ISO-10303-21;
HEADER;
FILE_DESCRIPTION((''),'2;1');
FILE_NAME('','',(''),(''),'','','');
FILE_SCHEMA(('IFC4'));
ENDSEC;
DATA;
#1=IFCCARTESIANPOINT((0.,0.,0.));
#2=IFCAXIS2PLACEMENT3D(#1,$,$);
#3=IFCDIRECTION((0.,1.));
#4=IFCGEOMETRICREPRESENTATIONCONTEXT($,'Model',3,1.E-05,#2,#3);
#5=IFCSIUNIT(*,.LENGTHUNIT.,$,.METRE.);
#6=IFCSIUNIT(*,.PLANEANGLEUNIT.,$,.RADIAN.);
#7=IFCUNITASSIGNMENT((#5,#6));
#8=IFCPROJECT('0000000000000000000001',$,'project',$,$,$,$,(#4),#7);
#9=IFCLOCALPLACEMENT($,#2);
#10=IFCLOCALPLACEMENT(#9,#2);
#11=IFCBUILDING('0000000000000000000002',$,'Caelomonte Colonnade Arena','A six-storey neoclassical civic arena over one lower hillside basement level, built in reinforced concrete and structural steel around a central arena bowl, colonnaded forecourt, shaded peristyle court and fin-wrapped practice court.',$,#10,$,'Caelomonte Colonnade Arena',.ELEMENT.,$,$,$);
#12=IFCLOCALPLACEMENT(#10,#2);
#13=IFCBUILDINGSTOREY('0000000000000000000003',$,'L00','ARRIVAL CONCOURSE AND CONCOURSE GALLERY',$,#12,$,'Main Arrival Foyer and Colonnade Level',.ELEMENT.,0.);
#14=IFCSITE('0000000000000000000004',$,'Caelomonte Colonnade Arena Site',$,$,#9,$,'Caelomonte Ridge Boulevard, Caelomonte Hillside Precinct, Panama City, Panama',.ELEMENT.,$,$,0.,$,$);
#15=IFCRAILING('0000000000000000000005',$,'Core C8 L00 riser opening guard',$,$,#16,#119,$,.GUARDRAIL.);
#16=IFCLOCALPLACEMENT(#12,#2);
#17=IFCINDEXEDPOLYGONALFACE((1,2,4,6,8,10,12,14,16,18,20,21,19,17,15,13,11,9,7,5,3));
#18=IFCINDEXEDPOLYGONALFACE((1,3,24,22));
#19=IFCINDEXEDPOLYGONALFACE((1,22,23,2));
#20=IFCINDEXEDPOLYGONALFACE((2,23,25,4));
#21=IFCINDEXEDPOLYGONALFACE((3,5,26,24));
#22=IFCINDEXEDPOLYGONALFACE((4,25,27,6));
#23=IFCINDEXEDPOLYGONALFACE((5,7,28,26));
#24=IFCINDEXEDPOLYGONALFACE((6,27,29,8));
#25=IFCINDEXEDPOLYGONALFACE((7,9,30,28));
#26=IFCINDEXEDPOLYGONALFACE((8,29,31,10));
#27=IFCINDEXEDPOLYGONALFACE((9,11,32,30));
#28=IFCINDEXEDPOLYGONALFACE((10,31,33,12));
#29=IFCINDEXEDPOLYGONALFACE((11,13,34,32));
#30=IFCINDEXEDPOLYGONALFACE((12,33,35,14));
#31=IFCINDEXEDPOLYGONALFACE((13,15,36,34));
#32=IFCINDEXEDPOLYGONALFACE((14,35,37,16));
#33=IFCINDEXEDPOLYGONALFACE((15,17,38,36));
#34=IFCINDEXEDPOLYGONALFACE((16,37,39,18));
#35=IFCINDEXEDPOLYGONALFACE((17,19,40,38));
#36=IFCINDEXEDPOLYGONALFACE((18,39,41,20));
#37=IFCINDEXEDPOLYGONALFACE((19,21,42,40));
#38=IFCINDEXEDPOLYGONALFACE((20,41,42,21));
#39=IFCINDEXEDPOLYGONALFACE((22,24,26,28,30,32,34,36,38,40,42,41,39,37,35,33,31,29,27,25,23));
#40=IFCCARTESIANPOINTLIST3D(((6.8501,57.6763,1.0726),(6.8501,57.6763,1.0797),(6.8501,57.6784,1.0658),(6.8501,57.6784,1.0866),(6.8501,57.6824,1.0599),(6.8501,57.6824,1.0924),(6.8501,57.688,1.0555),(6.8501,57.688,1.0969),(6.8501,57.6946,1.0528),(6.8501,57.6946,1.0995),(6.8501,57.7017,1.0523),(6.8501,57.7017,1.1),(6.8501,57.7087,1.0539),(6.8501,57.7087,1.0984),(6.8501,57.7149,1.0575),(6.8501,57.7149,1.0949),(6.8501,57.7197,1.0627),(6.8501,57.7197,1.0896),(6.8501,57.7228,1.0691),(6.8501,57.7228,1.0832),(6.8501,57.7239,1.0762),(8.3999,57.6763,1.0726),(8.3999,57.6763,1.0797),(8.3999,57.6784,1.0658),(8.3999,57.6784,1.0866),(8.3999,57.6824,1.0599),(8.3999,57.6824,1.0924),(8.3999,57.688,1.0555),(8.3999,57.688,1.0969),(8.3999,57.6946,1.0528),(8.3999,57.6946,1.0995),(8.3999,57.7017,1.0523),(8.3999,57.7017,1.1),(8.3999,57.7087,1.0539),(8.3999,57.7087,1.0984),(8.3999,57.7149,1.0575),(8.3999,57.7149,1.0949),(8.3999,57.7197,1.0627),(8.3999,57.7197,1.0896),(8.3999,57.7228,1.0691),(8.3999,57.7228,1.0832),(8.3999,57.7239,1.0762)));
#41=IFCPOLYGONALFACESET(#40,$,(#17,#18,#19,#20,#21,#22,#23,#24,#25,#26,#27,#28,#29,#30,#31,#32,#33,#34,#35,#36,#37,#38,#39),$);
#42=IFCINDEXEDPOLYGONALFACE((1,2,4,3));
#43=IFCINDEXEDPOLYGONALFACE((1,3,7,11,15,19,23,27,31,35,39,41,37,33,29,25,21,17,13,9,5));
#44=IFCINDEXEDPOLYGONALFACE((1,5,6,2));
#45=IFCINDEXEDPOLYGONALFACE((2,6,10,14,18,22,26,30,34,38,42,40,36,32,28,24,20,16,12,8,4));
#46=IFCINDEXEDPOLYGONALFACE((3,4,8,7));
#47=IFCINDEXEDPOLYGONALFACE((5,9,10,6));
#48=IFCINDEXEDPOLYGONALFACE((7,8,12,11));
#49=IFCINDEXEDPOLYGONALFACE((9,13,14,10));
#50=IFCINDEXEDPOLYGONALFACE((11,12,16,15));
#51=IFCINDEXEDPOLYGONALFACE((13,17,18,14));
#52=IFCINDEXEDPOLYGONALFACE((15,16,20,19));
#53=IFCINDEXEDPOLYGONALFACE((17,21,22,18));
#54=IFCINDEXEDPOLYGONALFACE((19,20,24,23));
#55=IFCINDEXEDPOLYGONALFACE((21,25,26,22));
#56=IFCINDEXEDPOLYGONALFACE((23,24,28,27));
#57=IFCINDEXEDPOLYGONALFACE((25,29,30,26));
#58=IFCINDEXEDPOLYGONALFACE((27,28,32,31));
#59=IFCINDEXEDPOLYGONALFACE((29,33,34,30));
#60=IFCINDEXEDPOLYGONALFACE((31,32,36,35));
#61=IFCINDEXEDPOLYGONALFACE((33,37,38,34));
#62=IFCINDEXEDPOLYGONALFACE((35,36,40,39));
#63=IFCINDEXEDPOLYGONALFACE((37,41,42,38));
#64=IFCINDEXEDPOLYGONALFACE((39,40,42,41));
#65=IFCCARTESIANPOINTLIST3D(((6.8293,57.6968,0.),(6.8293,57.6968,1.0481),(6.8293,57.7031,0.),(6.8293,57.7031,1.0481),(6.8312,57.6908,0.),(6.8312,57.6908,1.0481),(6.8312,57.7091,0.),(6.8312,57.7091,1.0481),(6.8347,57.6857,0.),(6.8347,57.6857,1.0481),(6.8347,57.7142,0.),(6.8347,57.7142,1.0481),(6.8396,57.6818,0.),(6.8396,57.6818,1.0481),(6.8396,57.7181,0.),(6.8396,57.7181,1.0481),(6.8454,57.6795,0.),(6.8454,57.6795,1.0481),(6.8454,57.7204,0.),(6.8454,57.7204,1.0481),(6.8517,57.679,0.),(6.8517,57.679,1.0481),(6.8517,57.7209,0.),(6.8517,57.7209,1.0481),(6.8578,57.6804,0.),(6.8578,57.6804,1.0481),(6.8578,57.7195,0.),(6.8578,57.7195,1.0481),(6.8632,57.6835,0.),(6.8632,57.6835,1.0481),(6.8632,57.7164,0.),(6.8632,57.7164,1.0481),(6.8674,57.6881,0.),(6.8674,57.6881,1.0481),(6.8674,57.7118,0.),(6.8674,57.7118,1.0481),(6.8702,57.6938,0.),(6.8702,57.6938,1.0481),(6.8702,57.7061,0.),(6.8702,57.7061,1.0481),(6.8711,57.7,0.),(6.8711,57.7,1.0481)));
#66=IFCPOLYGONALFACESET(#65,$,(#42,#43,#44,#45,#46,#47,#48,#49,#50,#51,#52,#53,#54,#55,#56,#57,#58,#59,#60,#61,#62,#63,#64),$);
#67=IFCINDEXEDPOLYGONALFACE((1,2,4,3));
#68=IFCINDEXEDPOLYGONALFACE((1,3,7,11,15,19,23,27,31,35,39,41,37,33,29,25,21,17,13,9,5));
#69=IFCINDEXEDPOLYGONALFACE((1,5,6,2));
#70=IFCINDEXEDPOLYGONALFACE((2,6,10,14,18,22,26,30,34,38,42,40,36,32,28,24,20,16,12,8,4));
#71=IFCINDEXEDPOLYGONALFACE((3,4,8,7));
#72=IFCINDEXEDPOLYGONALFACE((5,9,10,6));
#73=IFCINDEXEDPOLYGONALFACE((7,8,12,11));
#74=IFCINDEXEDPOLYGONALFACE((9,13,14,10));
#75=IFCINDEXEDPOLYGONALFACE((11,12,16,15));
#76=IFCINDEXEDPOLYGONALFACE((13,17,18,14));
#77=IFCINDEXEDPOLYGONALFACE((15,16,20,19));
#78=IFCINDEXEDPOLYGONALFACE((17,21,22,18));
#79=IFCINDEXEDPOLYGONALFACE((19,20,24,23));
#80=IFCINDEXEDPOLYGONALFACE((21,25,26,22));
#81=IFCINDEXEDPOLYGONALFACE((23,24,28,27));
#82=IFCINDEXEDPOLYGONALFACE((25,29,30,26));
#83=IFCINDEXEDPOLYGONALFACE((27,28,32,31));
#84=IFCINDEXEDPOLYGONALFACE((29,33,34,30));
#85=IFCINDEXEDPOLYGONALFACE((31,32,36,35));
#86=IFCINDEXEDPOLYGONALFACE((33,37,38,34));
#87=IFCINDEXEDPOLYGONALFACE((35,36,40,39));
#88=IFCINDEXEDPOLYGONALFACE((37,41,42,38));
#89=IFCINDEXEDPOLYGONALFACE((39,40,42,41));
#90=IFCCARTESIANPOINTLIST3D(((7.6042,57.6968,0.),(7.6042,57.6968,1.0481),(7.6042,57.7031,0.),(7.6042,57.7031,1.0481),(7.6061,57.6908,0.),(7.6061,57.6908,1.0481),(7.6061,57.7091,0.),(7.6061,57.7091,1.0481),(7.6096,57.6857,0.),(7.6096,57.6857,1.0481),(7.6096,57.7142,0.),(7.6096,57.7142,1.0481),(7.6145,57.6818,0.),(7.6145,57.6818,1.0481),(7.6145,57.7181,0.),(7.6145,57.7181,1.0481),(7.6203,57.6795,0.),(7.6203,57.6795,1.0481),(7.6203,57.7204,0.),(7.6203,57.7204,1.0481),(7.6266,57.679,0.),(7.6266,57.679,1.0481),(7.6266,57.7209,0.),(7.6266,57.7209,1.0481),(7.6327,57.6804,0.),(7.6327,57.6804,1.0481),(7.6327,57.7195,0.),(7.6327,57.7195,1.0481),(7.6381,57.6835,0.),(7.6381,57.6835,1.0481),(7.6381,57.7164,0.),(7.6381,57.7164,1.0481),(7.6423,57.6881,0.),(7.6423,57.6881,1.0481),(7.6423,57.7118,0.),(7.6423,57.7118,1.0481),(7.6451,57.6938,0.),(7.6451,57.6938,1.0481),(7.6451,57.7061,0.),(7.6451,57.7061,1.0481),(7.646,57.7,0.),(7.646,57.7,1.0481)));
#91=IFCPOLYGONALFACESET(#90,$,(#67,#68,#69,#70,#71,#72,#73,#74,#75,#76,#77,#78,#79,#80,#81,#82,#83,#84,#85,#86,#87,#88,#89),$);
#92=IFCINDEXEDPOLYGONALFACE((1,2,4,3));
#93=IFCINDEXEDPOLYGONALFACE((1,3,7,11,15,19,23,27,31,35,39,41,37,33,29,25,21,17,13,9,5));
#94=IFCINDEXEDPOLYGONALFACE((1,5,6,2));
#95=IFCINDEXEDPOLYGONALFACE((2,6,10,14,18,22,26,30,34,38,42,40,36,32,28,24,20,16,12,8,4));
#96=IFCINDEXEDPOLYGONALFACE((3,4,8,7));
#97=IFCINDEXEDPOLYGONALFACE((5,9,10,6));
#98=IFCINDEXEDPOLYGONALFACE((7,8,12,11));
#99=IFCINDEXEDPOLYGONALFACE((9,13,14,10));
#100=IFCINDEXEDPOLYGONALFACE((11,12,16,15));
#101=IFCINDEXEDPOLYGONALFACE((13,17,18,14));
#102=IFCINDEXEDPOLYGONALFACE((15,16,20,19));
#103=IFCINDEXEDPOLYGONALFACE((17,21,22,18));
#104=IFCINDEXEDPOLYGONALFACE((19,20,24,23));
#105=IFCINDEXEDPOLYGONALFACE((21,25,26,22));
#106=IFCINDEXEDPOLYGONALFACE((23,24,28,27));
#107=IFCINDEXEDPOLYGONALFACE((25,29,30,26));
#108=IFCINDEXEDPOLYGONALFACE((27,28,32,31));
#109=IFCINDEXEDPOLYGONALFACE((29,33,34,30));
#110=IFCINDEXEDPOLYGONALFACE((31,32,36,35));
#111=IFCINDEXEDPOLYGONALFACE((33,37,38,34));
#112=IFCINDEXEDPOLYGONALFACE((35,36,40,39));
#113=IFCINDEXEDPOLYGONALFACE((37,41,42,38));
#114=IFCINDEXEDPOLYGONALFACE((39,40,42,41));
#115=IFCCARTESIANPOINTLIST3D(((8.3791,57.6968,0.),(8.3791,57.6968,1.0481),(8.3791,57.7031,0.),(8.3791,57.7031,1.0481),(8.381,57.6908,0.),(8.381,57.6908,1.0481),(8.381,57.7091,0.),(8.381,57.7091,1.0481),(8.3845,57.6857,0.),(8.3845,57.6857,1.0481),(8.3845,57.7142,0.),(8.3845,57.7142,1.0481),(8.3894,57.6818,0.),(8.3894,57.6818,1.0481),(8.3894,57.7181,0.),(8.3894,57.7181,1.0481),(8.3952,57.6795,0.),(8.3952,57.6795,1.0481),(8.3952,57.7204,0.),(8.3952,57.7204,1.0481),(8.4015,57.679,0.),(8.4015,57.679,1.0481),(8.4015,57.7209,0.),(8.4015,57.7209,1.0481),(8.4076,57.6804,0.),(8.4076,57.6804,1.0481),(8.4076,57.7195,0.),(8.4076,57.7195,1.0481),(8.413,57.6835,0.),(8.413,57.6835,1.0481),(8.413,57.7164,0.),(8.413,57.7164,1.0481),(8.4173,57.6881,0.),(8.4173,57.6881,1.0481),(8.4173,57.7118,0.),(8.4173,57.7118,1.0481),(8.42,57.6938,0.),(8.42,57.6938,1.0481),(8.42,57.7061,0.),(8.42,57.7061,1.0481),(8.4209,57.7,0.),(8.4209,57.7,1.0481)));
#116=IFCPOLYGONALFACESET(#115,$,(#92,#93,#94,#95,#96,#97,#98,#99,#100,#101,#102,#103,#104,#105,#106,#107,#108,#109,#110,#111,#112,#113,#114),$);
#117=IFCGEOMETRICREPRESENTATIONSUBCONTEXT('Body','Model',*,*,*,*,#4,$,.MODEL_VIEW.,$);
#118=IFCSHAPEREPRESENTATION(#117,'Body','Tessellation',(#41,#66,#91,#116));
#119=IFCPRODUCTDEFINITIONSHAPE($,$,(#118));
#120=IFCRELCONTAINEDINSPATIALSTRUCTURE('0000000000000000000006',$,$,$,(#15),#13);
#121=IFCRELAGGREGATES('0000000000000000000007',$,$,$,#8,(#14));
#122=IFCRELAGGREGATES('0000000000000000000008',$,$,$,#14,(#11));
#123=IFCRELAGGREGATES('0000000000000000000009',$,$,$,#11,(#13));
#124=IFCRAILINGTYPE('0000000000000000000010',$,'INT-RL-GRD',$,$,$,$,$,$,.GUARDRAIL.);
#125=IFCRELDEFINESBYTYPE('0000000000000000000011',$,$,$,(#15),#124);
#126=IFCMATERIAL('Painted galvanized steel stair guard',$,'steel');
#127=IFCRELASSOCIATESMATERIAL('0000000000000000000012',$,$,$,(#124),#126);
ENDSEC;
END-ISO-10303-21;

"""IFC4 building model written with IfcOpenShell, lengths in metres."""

from ifc_helpers import new_model, si_unit, direction, frame, origin, origin_2d, place, context, subcontext, project, spatial, circle, extrude, material, type_object, element, save


model = new_model("IFC4")

# Units and contexts
model_context = context("Model", 3, precision=1e-05, world=origin(), true_north=direction((0.0, 1.0)))
body_context = subcontext(model_context, "Body", "Model", "MODEL_VIEW")
ifc_project = project(units=[si_unit("LENGTHUNIT", "METRE"), si_unit("PLANEANGLEUNIT", "RADIAN")], contexts=[model_context])

# Site, building, storey
site_placement = place(None, origin())
site = spatial("IfcSite", under=ifc_project, at=site_placement, Name="Caelomonte Colonnade Arena Site", LongName="Caelomonte Ridge Boulevard, Caelomonte Hillside Precinct, Panama City, Panama", CompositionType="ELEMENT", RefElevation=0.0)
building_placement = place(site_placement, origin())
building = spatial("IfcBuilding", under=site, at=building_placement, Name="Caelomonte Colonnade Arena", Description="A six-storey neoclassical civic arena over one lower hillside basement level, built in reinforced concrete and structural steel around a central arena bowl, colonnaded forecourt, shaded peristyle court and fin-wrapped practice court.", LongName="Caelomonte Colonnade Arena", CompositionType="ELEMENT")
storey_placement = place(building_placement, origin())
storey = spatial("IfcBuildingStorey", under=building, at=storey_placement, Name="L00", Description="ARRIVAL CONCOURSE AND CONCOURSE GALLERY", LongName="Main Arrival Foyer and Colonnade Level", CompositionType="ELEMENT", Elevation=0.0)

# Railing
ifc_material_1 = material(Name="Painted galvanized steel stair guard", Category="steel")
railing_type = type_object("IfcRailingType", Name="INT-RL-GRD", PredefinedType="GUARDRAIL", material=ifc_material_1)
railing_placement = place(storey_placement, frame((6.8501, 57.7, 0.0)))
element("IfcRailing", 1, at=railing_placement, inside=storey, type_object=railing_type, Name="Core C8 L00 riser opening guard", PredefinedType="GUARDRAIL", context=body_context, shape_type="SweptSolid", body=[
    extrude(circle(Radius=0.0239, at=origin_2d()), frame((0.0, 0.0, 1.0762), z_axis=(1.0, 0.0, 0.0), x_axis=(0.0, 1.0, 0.0)), (0.0, 0.0, 1.0), 1.5498),
    extrude(circle(Radius=0.021, at=origin_2d()), origin(), (0.0, 0.0, 1.0), 1.0481),
    extrude(circle(Radius=0.021, at=origin_2d()), frame((0.7749, 0.0, 0.0)), (0.0, 0.0, 1.0), 1.0481),
    extrude(circle(Radius=0.021, at=origin_2d()), frame((1.5498, 0.0, 0.0)), (0.0, 0.0, 1.0), 1.0481),
])

save(model, "model.ifc")
